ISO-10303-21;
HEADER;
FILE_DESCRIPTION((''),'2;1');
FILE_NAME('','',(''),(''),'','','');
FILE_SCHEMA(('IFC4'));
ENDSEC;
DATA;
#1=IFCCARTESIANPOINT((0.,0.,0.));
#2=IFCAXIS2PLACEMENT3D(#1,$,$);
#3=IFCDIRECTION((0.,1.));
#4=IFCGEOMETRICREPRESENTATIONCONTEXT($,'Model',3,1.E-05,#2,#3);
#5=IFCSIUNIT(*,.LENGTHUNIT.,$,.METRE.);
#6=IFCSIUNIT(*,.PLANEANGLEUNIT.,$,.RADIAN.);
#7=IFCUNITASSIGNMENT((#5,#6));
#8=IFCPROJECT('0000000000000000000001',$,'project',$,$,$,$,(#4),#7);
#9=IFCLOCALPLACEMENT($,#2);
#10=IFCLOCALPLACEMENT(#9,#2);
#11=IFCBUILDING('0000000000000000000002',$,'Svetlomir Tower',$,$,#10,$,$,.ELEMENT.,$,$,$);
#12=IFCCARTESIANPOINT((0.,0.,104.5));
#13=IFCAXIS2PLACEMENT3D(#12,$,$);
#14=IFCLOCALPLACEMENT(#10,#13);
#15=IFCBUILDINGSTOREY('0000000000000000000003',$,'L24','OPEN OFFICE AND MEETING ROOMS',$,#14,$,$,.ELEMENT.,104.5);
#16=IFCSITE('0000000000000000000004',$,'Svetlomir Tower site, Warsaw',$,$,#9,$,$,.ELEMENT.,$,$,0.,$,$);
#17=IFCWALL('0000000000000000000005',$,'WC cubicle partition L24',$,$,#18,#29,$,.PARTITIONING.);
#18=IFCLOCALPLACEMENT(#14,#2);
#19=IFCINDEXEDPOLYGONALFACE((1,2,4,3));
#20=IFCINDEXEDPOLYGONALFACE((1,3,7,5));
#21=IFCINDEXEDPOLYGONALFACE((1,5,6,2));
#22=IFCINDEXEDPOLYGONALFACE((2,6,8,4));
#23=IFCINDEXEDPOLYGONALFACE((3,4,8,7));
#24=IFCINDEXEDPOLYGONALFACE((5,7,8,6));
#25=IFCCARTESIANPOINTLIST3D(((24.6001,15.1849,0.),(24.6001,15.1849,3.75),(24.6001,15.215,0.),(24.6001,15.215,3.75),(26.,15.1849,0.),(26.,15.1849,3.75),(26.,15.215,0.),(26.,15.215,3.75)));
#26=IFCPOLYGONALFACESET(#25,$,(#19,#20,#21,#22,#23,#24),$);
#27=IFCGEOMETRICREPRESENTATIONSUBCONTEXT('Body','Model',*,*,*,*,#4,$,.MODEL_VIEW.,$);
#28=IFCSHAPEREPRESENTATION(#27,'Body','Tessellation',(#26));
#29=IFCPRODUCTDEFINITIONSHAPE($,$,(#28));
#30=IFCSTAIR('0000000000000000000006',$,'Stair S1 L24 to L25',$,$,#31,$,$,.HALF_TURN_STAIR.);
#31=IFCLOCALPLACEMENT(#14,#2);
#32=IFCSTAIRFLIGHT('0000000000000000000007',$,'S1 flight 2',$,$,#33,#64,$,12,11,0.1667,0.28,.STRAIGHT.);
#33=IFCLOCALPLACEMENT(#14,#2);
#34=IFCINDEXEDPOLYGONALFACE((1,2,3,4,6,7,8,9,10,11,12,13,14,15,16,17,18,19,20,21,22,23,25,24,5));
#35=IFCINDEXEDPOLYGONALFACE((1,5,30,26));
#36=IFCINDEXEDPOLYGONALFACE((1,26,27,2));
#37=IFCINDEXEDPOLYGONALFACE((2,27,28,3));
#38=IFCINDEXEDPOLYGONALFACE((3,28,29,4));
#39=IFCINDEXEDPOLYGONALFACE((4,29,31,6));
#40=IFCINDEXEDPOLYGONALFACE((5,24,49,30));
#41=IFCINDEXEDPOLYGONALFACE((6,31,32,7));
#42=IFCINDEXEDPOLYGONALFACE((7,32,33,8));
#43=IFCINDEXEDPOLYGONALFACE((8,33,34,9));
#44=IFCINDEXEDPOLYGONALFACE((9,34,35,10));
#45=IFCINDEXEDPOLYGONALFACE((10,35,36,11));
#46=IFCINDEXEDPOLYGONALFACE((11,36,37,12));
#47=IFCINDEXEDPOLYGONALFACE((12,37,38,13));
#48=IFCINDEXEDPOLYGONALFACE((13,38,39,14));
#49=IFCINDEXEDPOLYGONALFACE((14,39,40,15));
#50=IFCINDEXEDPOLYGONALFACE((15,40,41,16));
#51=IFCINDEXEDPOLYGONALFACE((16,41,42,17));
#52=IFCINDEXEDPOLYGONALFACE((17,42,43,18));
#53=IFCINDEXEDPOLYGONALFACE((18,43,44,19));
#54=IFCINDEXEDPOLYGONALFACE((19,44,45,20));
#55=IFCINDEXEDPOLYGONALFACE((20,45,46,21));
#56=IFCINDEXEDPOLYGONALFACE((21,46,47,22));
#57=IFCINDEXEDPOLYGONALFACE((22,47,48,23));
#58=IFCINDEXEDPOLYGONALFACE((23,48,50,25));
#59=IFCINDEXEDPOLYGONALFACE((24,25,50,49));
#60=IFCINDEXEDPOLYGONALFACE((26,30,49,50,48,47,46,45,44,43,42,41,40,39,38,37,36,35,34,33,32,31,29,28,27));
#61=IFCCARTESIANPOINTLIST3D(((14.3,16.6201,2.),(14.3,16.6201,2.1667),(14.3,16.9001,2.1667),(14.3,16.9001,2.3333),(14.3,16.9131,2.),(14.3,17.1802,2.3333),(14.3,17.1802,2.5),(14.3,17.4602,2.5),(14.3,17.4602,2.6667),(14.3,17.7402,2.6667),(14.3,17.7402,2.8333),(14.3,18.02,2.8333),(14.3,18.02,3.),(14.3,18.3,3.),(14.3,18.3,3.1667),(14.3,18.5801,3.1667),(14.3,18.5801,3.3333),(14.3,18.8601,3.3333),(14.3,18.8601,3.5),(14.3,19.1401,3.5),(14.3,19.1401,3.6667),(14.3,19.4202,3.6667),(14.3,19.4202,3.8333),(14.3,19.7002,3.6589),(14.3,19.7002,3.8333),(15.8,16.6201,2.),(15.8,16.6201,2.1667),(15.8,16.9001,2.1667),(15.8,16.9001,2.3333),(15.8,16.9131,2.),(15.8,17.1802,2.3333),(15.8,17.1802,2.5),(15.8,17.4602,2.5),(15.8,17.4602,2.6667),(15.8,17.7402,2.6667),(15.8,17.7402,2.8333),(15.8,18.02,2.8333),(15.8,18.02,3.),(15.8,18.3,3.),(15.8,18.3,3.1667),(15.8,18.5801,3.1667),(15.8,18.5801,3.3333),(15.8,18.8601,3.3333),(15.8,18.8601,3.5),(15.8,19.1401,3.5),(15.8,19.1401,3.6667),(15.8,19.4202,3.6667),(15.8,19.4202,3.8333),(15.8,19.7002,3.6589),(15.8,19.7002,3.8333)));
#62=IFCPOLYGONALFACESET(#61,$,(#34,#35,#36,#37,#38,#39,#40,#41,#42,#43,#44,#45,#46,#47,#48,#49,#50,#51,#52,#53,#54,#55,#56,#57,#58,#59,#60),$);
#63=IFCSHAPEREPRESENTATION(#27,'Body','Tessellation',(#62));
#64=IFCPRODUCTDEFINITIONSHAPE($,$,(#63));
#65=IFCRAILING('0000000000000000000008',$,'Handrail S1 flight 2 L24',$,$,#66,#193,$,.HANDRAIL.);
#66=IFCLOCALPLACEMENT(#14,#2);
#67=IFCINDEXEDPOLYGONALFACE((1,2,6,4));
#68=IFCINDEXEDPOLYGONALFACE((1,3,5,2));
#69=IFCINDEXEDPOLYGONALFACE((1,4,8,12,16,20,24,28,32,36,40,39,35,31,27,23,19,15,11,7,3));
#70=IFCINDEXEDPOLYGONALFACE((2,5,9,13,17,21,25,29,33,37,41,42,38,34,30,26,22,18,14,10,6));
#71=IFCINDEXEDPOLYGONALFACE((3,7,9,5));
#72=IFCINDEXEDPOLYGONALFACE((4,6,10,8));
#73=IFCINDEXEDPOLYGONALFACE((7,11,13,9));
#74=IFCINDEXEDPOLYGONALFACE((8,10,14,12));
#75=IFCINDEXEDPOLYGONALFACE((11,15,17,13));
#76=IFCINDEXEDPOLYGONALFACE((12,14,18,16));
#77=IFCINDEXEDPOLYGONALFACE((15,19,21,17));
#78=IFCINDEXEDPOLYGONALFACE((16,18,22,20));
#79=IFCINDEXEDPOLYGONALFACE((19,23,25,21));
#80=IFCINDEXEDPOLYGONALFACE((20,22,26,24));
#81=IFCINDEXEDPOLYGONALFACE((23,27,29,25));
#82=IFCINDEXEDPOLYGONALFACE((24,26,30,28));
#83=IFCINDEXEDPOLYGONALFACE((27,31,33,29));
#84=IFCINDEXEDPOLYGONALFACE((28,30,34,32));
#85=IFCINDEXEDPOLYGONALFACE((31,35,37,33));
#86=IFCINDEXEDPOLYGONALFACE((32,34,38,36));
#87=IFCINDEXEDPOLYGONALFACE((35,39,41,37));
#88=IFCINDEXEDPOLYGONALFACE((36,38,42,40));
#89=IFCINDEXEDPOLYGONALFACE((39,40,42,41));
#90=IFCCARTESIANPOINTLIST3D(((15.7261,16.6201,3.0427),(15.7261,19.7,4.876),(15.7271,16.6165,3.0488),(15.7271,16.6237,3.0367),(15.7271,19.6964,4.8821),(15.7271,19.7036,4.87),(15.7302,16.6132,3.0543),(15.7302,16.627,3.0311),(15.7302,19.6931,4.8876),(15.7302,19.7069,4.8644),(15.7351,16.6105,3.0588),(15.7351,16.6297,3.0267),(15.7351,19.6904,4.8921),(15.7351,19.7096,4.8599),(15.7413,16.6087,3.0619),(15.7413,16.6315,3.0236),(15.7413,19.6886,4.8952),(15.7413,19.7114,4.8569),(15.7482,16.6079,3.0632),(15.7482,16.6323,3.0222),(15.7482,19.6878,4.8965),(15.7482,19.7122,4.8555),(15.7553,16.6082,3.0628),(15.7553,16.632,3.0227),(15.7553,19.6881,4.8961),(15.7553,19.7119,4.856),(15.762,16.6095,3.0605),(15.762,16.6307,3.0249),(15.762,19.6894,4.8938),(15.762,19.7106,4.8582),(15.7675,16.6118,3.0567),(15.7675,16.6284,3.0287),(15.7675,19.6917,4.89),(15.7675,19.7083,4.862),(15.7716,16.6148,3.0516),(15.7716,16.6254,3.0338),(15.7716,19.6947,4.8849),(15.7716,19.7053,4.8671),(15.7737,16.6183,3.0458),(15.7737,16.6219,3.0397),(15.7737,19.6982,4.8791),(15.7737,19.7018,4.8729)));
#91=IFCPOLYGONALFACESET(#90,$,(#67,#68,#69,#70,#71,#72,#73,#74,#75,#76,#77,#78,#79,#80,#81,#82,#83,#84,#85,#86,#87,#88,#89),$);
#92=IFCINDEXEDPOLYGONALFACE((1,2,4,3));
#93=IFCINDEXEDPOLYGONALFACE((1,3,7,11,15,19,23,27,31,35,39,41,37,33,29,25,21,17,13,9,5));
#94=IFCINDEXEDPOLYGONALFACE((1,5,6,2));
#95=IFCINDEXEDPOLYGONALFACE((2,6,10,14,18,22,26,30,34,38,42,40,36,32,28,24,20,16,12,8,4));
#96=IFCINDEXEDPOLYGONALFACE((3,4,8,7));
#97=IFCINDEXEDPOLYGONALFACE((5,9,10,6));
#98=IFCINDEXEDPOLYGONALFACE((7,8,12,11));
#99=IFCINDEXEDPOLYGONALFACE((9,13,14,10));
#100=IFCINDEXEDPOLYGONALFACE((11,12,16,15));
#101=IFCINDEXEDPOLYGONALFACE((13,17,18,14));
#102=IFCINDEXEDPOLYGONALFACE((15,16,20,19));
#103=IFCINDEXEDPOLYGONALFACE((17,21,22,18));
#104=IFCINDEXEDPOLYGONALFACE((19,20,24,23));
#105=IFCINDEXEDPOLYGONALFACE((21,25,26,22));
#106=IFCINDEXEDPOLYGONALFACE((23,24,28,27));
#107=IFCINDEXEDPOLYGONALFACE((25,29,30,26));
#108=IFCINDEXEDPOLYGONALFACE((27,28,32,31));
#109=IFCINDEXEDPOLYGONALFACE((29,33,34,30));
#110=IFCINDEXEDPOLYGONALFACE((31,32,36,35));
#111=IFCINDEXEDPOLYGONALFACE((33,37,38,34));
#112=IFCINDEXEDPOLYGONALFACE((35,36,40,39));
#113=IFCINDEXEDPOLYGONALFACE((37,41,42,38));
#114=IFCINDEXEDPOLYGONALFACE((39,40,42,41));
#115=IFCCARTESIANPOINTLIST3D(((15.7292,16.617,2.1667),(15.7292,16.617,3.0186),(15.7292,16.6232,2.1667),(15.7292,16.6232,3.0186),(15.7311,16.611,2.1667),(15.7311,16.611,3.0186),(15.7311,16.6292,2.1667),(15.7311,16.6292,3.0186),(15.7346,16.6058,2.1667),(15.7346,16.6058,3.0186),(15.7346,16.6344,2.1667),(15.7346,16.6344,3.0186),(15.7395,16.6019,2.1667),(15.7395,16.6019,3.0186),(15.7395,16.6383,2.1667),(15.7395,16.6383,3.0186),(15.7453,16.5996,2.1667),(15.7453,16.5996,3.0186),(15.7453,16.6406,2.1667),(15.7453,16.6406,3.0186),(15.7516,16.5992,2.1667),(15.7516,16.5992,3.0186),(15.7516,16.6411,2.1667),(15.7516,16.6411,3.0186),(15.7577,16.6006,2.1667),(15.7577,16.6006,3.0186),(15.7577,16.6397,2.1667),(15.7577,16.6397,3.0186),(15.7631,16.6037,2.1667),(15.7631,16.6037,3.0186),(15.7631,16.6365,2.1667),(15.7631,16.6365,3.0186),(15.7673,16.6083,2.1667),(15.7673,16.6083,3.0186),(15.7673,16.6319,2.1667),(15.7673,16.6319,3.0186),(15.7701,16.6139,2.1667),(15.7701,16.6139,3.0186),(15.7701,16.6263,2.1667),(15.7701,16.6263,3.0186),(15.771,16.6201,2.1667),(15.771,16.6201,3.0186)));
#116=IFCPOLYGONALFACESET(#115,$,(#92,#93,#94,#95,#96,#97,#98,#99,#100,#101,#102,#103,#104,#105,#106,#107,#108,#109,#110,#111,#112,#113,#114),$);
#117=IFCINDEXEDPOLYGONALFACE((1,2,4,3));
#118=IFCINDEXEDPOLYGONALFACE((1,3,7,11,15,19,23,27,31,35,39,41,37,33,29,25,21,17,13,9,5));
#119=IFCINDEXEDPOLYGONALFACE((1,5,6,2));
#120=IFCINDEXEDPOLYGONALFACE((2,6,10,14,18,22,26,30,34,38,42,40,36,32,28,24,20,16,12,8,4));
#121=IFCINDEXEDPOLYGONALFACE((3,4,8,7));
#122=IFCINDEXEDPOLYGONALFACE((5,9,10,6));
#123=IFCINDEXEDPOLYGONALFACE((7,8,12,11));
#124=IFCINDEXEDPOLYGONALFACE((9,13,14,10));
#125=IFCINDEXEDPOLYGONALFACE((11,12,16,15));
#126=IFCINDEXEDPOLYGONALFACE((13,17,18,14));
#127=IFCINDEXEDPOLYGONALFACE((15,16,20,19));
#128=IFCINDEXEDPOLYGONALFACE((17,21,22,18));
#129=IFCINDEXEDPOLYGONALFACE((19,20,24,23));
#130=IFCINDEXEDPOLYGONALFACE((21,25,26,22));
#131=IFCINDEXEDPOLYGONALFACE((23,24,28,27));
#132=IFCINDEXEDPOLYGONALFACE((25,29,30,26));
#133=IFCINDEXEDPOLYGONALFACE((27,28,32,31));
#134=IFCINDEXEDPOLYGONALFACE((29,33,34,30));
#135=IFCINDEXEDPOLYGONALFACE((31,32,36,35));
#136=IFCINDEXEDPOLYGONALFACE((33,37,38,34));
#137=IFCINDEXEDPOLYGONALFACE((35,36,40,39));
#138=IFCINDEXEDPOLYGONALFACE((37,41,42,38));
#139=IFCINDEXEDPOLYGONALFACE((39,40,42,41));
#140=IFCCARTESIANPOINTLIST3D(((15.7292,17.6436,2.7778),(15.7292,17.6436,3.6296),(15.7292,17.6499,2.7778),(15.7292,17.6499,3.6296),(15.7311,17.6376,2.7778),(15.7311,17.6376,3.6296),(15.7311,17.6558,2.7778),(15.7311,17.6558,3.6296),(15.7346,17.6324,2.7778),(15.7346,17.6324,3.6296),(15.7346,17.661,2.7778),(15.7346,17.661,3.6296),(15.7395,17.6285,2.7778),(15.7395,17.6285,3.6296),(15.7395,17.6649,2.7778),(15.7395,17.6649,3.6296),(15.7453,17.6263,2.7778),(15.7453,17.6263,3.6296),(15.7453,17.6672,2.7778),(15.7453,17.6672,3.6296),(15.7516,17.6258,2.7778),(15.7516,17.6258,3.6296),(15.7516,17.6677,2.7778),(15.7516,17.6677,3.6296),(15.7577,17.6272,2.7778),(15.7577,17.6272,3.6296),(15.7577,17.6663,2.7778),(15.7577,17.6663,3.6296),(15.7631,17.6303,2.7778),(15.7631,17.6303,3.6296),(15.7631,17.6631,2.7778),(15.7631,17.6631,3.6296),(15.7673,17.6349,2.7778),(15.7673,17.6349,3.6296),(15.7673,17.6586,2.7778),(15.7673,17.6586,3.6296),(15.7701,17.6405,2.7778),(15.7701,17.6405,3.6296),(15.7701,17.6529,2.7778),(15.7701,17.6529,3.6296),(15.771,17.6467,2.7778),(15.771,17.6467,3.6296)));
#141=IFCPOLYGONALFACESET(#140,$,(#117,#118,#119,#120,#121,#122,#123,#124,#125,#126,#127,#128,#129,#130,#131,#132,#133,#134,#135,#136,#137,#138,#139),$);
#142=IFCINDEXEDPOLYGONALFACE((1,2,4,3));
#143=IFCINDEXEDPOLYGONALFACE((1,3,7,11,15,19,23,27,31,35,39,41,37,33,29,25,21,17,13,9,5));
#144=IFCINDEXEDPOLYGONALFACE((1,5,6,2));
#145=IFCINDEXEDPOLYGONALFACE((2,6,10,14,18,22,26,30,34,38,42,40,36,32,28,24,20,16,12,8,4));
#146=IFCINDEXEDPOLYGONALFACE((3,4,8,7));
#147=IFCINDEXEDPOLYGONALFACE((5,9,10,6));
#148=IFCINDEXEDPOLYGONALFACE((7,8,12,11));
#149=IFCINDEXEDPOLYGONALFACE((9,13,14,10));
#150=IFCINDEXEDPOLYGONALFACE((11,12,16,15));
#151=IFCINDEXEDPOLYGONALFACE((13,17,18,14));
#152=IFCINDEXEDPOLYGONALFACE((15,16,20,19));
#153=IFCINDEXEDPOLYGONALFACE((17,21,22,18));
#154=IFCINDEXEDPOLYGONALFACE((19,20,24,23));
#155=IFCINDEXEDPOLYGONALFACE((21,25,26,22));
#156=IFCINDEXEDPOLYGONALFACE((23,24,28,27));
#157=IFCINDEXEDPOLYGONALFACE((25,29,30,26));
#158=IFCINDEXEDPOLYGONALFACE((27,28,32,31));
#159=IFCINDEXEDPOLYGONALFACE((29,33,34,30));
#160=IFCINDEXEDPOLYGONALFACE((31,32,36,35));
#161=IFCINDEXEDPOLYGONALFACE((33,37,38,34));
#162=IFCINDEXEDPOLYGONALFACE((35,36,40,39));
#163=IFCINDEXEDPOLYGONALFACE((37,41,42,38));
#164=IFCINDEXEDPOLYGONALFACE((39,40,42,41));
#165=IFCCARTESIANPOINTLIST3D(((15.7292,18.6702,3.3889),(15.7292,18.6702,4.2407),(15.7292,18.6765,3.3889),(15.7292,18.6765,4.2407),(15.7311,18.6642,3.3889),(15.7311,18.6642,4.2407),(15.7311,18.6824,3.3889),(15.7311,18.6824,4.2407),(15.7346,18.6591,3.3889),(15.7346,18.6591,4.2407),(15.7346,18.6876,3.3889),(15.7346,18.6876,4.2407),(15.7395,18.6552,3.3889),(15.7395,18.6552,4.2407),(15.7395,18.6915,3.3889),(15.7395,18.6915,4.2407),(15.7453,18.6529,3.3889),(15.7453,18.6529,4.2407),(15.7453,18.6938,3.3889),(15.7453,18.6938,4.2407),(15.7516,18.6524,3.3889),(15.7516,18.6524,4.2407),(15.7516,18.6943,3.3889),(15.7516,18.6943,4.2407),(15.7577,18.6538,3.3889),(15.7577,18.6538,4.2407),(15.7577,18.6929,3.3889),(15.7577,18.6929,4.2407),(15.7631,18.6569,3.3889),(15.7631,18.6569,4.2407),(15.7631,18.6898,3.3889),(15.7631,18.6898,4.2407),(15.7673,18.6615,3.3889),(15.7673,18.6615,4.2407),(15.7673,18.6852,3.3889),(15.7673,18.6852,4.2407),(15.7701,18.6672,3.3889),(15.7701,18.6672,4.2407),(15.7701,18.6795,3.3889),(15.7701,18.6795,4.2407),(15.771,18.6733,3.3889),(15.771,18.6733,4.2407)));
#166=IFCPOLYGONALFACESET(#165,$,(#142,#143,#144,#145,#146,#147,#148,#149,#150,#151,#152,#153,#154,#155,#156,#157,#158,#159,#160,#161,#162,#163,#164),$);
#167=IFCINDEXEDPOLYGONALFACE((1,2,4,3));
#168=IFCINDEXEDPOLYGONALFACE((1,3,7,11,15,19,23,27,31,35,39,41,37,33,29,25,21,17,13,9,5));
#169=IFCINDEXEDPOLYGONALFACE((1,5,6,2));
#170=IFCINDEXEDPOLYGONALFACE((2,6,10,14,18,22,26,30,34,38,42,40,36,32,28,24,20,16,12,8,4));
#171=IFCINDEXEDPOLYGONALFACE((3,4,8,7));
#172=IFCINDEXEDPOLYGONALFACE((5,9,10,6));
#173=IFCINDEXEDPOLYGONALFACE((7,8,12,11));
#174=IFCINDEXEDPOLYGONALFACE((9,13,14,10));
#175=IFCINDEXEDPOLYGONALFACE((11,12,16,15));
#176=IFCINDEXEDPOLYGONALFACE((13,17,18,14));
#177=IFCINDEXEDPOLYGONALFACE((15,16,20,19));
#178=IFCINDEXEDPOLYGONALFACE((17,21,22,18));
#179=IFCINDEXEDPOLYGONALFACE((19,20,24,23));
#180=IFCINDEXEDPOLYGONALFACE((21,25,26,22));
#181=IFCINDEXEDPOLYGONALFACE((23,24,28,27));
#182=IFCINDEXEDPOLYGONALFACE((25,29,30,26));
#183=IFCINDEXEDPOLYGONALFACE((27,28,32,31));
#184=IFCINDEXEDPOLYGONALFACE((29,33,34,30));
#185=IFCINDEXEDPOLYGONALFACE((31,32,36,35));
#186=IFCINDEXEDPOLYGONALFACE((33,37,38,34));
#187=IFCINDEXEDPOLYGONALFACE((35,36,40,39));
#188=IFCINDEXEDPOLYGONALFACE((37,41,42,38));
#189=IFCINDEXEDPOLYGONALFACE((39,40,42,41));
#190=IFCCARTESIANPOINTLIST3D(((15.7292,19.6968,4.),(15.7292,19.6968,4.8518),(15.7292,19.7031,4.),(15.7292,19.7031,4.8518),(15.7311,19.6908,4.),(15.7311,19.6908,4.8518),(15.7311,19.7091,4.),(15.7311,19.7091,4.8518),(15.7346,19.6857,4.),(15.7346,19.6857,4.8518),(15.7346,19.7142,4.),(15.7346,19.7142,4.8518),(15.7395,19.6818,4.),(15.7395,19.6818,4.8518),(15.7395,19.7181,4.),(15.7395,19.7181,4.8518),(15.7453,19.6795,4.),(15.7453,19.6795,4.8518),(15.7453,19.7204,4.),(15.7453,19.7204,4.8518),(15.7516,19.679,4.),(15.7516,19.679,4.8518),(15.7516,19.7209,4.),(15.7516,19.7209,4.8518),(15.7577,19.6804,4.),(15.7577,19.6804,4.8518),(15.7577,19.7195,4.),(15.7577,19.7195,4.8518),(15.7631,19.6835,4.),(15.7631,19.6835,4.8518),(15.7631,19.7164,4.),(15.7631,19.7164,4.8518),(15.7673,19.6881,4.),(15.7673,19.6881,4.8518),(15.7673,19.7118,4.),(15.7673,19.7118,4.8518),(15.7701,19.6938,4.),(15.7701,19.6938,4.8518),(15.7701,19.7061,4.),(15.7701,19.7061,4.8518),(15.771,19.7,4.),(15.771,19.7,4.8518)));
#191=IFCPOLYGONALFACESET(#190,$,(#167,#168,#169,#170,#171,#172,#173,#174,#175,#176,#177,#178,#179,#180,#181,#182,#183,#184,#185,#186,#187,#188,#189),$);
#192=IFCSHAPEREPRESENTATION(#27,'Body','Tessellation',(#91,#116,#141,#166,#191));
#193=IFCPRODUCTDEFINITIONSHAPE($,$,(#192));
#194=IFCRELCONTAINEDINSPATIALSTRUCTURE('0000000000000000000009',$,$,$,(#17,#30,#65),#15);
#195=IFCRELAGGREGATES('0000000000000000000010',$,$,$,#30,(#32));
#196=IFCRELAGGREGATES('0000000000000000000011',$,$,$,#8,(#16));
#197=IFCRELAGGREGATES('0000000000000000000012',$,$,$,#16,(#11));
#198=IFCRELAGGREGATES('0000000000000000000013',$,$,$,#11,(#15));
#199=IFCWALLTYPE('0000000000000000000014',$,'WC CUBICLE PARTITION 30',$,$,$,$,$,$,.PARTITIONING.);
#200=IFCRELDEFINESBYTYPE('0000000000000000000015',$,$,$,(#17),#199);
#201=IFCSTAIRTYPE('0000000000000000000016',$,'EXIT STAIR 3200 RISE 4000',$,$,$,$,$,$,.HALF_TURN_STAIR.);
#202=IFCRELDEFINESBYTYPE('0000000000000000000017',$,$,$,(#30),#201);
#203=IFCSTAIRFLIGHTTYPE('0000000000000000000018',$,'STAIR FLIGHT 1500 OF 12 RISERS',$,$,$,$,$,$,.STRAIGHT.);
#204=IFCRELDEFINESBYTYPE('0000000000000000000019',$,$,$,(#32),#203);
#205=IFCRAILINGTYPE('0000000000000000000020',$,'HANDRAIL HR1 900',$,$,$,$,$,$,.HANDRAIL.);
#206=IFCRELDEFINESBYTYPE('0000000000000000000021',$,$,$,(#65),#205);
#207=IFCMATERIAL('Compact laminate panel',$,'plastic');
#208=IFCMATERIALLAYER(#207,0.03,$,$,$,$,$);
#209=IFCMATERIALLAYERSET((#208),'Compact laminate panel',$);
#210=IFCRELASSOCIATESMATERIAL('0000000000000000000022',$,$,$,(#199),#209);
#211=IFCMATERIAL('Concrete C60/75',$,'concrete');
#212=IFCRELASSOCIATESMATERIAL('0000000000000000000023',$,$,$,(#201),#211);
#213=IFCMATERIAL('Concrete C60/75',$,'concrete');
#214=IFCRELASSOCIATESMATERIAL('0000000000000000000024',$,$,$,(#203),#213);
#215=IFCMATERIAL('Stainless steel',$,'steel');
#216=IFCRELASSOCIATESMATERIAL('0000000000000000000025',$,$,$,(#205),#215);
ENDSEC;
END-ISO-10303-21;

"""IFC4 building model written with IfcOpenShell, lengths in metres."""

from ifc_helpers import new_model, si_unit, direction, frame, frame_2d, origin, origin_2d, place, context, subcontext, project, spatial, polyline, rectangle, circle, outline, extrude, material, layer, layer_set, type_object, element, aggregate, save


model = new_model("IFC4")

# Units and contexts
model_context = context("Model", 3, precision=1e-05, world=origin(), true_north=direction((0.0, 1.0)))
body_context = subcontext(model_context, "Body", "Model", "MODEL_VIEW")
ifc_project = project(units=[si_unit("LENGTHUNIT", "METRE"), si_unit("PLANEANGLEUNIT", "RADIAN")], contexts=[model_context])

# Site, building, storey
site_placement = place(None, origin())
site = spatial("IfcSite", under=ifc_project, at=site_placement, Name="Svetlomir Tower site, Warsaw", CompositionType="ELEMENT", RefElevation=0.0)
building_placement = place(site_placement, origin())
building = spatial("IfcBuilding", under=site, at=building_placement, Name="Svetlomir Tower", CompositionType="ELEMENT")
storey_placement = place(building_placement, frame((0.0, 0.0, 104.5)))
storey = spatial("IfcBuildingStorey", under=building, at=storey_placement, Name="L24", Description="OPEN OFFICE AND MEETING ROOMS", CompositionType="ELEMENT", Elevation=104.5)

# Wall
ifc_material_1 = material(Name="Compact laminate panel", Category="plastic")
ifc_layer_1 = layer(ifc_material_1, 0.03)
ifc_layer_set_1 = layer_set([ifc_layer_1], Name="Compact laminate panel")
wall_type_1 = type_object("IfcWallType", Name="WC CUBICLE PARTITION 30", PredefinedType="PARTITIONING", material=ifc_layer_set_1)
for number, where, z_axis, x_axis, name in (
    (1, (24.6001, 15.2, 0.0), (0.0, 0.0, 1.0), (1.0, 0.0, 0.0), "WC cubicle partition L24"),
):
    element("IfcWall", number, at=place(storey_placement, frame(where, z_axis=z_axis, x_axis=x_axis)), inside=storey, type_object=wall_type_1, Name=name, PredefinedType="PARTITIONING", context=body_context, shape_type="SweptSolid", body=[
        extrude(rectangle(XDim=1.3999, YDim=0.03, at=frame_2d((0.7, 0.0))), origin(), (0.0, 0.0, 1.0), 3.75),
    ])

# Stair, stair flight
ifc_material_2 = material(Name="Concrete C60/75", Category="concrete")
stair_type = type_object("IfcStairType", Name="EXIT STAIR 3200 RISE 4000", PredefinedType="HALF_TURN_STAIR", material=ifc_material_2)
stair_placement = place(storey_placement, origin())
stair = element("IfcStair", 2, at=stair_placement, inside=storey, type_object=stair_type, Name="Stair S1 L24 to L25", PredefinedType="HALF_TURN_STAIR")
ifc_material_3 = material(Name="Concrete C60/75", Category="concrete")
stair_flight_type = type_object("IfcStairFlightType", Name="STAIR FLIGHT 1500 OF 12 RISERS", PredefinedType="STRAIGHT", material=ifc_material_3)
stair_flight_placement = place(storey_placement, frame((15.05, 16.6201, 2.0), z_axis=(0.0, 0.0, 1.0), x_axis=(0.0, 1.0, 0.0)))
stair_flight = element("IfcStairFlight", 3, at=stair_flight_placement, type_object=stair_flight_type, Name="S1 flight 2", NumberOfRisers=12, NumberOfTreads=11, PredefinedType="STRAIGHT", RiserHeight=0.1667, TreadLength=0.28, context=body_context, shape_type="SweptSolid", body=[
    extrude(outline(polyline([(0.0, 0.0), (0.0, 0.1667), (0.28, 0.1667), (0.28, 0.3333), (0.5601, 0.3333), (0.5601, 0.5), (0.8401, 0.5), (0.8401, 0.6667), (1.1201, 0.6667), (1.1201, 0.8333), (1.3999, 0.8333), (1.3999, 1.0), (1.6799, 1.0), (1.6799, 1.1667), (1.96, 1.1667), (1.96, 1.3333), (2.24, 1.3333), (2.24, 1.5), (2.52, 1.5), (2.52, 1.6667), (2.8, 1.6667), (2.8, 1.8333), (3.0801, 1.8333), (3.0801, 2.0), (3.0801, 1.6589), (0.293, 0.0), (0.0, 0.0)])), frame((0.0, 0.75, 0.0), z_axis=(0.0, -1.0, 0.0), x_axis=(1.0, 0.0, 0.0)), (0.0, 0.0, 1.0), 1.5),
])
aggregate(stair, [stair_flight])

# Railing
ifc_material_4 = material(Name="Stainless steel", Category="steel")
railing_type = type_object("IfcRailingType", Name="HANDRAIL HR1 900", PredefinedType="HANDRAIL", material=ifc_material_4)
railing_placement = place(storey_placement, frame((15.75, 16.6201, 2.1667)))
element("IfcRailing", 4, at=railing_placement, inside=storey, type_object=railing_type, Name="Handrail S1 flight 2 L24", PredefinedType="HANDRAIL", context=body_context, shape_type="SweptSolid", body=[
    extrude(circle(Radius=0.0239, at=origin_2d()), frame((0.0, 0.0, 0.876), z_axis=(0.0, 0.859291, 0.511487), x_axis=(-1.0, 0.0, 0.0)), (0.0, 0.0, 1.0), 3.5842),
    extrude(circle(Radius=0.021, at=origin_2d()), origin(), (0.0, 0.0, 1.0), 0.8518),
    extrude(circle(Radius=0.021, at=origin_2d()), frame((0.0, 1.0266, 0.6111)), (0.0, 0.0, 1.0), 0.8518),
    extrude(circle(Radius=0.021, at=origin_2d()), frame((0.0, 2.0532, 1.2222)), (0.0, 0.0, 1.0), 0.8518),
    extrude(circle(Radius=0.021, at=origin_2d()), frame((0.0, 3.0798, 1.8333)), (0.0, 0.0, 1.0), 0.8518),
])

save(model, "model.ifc")
